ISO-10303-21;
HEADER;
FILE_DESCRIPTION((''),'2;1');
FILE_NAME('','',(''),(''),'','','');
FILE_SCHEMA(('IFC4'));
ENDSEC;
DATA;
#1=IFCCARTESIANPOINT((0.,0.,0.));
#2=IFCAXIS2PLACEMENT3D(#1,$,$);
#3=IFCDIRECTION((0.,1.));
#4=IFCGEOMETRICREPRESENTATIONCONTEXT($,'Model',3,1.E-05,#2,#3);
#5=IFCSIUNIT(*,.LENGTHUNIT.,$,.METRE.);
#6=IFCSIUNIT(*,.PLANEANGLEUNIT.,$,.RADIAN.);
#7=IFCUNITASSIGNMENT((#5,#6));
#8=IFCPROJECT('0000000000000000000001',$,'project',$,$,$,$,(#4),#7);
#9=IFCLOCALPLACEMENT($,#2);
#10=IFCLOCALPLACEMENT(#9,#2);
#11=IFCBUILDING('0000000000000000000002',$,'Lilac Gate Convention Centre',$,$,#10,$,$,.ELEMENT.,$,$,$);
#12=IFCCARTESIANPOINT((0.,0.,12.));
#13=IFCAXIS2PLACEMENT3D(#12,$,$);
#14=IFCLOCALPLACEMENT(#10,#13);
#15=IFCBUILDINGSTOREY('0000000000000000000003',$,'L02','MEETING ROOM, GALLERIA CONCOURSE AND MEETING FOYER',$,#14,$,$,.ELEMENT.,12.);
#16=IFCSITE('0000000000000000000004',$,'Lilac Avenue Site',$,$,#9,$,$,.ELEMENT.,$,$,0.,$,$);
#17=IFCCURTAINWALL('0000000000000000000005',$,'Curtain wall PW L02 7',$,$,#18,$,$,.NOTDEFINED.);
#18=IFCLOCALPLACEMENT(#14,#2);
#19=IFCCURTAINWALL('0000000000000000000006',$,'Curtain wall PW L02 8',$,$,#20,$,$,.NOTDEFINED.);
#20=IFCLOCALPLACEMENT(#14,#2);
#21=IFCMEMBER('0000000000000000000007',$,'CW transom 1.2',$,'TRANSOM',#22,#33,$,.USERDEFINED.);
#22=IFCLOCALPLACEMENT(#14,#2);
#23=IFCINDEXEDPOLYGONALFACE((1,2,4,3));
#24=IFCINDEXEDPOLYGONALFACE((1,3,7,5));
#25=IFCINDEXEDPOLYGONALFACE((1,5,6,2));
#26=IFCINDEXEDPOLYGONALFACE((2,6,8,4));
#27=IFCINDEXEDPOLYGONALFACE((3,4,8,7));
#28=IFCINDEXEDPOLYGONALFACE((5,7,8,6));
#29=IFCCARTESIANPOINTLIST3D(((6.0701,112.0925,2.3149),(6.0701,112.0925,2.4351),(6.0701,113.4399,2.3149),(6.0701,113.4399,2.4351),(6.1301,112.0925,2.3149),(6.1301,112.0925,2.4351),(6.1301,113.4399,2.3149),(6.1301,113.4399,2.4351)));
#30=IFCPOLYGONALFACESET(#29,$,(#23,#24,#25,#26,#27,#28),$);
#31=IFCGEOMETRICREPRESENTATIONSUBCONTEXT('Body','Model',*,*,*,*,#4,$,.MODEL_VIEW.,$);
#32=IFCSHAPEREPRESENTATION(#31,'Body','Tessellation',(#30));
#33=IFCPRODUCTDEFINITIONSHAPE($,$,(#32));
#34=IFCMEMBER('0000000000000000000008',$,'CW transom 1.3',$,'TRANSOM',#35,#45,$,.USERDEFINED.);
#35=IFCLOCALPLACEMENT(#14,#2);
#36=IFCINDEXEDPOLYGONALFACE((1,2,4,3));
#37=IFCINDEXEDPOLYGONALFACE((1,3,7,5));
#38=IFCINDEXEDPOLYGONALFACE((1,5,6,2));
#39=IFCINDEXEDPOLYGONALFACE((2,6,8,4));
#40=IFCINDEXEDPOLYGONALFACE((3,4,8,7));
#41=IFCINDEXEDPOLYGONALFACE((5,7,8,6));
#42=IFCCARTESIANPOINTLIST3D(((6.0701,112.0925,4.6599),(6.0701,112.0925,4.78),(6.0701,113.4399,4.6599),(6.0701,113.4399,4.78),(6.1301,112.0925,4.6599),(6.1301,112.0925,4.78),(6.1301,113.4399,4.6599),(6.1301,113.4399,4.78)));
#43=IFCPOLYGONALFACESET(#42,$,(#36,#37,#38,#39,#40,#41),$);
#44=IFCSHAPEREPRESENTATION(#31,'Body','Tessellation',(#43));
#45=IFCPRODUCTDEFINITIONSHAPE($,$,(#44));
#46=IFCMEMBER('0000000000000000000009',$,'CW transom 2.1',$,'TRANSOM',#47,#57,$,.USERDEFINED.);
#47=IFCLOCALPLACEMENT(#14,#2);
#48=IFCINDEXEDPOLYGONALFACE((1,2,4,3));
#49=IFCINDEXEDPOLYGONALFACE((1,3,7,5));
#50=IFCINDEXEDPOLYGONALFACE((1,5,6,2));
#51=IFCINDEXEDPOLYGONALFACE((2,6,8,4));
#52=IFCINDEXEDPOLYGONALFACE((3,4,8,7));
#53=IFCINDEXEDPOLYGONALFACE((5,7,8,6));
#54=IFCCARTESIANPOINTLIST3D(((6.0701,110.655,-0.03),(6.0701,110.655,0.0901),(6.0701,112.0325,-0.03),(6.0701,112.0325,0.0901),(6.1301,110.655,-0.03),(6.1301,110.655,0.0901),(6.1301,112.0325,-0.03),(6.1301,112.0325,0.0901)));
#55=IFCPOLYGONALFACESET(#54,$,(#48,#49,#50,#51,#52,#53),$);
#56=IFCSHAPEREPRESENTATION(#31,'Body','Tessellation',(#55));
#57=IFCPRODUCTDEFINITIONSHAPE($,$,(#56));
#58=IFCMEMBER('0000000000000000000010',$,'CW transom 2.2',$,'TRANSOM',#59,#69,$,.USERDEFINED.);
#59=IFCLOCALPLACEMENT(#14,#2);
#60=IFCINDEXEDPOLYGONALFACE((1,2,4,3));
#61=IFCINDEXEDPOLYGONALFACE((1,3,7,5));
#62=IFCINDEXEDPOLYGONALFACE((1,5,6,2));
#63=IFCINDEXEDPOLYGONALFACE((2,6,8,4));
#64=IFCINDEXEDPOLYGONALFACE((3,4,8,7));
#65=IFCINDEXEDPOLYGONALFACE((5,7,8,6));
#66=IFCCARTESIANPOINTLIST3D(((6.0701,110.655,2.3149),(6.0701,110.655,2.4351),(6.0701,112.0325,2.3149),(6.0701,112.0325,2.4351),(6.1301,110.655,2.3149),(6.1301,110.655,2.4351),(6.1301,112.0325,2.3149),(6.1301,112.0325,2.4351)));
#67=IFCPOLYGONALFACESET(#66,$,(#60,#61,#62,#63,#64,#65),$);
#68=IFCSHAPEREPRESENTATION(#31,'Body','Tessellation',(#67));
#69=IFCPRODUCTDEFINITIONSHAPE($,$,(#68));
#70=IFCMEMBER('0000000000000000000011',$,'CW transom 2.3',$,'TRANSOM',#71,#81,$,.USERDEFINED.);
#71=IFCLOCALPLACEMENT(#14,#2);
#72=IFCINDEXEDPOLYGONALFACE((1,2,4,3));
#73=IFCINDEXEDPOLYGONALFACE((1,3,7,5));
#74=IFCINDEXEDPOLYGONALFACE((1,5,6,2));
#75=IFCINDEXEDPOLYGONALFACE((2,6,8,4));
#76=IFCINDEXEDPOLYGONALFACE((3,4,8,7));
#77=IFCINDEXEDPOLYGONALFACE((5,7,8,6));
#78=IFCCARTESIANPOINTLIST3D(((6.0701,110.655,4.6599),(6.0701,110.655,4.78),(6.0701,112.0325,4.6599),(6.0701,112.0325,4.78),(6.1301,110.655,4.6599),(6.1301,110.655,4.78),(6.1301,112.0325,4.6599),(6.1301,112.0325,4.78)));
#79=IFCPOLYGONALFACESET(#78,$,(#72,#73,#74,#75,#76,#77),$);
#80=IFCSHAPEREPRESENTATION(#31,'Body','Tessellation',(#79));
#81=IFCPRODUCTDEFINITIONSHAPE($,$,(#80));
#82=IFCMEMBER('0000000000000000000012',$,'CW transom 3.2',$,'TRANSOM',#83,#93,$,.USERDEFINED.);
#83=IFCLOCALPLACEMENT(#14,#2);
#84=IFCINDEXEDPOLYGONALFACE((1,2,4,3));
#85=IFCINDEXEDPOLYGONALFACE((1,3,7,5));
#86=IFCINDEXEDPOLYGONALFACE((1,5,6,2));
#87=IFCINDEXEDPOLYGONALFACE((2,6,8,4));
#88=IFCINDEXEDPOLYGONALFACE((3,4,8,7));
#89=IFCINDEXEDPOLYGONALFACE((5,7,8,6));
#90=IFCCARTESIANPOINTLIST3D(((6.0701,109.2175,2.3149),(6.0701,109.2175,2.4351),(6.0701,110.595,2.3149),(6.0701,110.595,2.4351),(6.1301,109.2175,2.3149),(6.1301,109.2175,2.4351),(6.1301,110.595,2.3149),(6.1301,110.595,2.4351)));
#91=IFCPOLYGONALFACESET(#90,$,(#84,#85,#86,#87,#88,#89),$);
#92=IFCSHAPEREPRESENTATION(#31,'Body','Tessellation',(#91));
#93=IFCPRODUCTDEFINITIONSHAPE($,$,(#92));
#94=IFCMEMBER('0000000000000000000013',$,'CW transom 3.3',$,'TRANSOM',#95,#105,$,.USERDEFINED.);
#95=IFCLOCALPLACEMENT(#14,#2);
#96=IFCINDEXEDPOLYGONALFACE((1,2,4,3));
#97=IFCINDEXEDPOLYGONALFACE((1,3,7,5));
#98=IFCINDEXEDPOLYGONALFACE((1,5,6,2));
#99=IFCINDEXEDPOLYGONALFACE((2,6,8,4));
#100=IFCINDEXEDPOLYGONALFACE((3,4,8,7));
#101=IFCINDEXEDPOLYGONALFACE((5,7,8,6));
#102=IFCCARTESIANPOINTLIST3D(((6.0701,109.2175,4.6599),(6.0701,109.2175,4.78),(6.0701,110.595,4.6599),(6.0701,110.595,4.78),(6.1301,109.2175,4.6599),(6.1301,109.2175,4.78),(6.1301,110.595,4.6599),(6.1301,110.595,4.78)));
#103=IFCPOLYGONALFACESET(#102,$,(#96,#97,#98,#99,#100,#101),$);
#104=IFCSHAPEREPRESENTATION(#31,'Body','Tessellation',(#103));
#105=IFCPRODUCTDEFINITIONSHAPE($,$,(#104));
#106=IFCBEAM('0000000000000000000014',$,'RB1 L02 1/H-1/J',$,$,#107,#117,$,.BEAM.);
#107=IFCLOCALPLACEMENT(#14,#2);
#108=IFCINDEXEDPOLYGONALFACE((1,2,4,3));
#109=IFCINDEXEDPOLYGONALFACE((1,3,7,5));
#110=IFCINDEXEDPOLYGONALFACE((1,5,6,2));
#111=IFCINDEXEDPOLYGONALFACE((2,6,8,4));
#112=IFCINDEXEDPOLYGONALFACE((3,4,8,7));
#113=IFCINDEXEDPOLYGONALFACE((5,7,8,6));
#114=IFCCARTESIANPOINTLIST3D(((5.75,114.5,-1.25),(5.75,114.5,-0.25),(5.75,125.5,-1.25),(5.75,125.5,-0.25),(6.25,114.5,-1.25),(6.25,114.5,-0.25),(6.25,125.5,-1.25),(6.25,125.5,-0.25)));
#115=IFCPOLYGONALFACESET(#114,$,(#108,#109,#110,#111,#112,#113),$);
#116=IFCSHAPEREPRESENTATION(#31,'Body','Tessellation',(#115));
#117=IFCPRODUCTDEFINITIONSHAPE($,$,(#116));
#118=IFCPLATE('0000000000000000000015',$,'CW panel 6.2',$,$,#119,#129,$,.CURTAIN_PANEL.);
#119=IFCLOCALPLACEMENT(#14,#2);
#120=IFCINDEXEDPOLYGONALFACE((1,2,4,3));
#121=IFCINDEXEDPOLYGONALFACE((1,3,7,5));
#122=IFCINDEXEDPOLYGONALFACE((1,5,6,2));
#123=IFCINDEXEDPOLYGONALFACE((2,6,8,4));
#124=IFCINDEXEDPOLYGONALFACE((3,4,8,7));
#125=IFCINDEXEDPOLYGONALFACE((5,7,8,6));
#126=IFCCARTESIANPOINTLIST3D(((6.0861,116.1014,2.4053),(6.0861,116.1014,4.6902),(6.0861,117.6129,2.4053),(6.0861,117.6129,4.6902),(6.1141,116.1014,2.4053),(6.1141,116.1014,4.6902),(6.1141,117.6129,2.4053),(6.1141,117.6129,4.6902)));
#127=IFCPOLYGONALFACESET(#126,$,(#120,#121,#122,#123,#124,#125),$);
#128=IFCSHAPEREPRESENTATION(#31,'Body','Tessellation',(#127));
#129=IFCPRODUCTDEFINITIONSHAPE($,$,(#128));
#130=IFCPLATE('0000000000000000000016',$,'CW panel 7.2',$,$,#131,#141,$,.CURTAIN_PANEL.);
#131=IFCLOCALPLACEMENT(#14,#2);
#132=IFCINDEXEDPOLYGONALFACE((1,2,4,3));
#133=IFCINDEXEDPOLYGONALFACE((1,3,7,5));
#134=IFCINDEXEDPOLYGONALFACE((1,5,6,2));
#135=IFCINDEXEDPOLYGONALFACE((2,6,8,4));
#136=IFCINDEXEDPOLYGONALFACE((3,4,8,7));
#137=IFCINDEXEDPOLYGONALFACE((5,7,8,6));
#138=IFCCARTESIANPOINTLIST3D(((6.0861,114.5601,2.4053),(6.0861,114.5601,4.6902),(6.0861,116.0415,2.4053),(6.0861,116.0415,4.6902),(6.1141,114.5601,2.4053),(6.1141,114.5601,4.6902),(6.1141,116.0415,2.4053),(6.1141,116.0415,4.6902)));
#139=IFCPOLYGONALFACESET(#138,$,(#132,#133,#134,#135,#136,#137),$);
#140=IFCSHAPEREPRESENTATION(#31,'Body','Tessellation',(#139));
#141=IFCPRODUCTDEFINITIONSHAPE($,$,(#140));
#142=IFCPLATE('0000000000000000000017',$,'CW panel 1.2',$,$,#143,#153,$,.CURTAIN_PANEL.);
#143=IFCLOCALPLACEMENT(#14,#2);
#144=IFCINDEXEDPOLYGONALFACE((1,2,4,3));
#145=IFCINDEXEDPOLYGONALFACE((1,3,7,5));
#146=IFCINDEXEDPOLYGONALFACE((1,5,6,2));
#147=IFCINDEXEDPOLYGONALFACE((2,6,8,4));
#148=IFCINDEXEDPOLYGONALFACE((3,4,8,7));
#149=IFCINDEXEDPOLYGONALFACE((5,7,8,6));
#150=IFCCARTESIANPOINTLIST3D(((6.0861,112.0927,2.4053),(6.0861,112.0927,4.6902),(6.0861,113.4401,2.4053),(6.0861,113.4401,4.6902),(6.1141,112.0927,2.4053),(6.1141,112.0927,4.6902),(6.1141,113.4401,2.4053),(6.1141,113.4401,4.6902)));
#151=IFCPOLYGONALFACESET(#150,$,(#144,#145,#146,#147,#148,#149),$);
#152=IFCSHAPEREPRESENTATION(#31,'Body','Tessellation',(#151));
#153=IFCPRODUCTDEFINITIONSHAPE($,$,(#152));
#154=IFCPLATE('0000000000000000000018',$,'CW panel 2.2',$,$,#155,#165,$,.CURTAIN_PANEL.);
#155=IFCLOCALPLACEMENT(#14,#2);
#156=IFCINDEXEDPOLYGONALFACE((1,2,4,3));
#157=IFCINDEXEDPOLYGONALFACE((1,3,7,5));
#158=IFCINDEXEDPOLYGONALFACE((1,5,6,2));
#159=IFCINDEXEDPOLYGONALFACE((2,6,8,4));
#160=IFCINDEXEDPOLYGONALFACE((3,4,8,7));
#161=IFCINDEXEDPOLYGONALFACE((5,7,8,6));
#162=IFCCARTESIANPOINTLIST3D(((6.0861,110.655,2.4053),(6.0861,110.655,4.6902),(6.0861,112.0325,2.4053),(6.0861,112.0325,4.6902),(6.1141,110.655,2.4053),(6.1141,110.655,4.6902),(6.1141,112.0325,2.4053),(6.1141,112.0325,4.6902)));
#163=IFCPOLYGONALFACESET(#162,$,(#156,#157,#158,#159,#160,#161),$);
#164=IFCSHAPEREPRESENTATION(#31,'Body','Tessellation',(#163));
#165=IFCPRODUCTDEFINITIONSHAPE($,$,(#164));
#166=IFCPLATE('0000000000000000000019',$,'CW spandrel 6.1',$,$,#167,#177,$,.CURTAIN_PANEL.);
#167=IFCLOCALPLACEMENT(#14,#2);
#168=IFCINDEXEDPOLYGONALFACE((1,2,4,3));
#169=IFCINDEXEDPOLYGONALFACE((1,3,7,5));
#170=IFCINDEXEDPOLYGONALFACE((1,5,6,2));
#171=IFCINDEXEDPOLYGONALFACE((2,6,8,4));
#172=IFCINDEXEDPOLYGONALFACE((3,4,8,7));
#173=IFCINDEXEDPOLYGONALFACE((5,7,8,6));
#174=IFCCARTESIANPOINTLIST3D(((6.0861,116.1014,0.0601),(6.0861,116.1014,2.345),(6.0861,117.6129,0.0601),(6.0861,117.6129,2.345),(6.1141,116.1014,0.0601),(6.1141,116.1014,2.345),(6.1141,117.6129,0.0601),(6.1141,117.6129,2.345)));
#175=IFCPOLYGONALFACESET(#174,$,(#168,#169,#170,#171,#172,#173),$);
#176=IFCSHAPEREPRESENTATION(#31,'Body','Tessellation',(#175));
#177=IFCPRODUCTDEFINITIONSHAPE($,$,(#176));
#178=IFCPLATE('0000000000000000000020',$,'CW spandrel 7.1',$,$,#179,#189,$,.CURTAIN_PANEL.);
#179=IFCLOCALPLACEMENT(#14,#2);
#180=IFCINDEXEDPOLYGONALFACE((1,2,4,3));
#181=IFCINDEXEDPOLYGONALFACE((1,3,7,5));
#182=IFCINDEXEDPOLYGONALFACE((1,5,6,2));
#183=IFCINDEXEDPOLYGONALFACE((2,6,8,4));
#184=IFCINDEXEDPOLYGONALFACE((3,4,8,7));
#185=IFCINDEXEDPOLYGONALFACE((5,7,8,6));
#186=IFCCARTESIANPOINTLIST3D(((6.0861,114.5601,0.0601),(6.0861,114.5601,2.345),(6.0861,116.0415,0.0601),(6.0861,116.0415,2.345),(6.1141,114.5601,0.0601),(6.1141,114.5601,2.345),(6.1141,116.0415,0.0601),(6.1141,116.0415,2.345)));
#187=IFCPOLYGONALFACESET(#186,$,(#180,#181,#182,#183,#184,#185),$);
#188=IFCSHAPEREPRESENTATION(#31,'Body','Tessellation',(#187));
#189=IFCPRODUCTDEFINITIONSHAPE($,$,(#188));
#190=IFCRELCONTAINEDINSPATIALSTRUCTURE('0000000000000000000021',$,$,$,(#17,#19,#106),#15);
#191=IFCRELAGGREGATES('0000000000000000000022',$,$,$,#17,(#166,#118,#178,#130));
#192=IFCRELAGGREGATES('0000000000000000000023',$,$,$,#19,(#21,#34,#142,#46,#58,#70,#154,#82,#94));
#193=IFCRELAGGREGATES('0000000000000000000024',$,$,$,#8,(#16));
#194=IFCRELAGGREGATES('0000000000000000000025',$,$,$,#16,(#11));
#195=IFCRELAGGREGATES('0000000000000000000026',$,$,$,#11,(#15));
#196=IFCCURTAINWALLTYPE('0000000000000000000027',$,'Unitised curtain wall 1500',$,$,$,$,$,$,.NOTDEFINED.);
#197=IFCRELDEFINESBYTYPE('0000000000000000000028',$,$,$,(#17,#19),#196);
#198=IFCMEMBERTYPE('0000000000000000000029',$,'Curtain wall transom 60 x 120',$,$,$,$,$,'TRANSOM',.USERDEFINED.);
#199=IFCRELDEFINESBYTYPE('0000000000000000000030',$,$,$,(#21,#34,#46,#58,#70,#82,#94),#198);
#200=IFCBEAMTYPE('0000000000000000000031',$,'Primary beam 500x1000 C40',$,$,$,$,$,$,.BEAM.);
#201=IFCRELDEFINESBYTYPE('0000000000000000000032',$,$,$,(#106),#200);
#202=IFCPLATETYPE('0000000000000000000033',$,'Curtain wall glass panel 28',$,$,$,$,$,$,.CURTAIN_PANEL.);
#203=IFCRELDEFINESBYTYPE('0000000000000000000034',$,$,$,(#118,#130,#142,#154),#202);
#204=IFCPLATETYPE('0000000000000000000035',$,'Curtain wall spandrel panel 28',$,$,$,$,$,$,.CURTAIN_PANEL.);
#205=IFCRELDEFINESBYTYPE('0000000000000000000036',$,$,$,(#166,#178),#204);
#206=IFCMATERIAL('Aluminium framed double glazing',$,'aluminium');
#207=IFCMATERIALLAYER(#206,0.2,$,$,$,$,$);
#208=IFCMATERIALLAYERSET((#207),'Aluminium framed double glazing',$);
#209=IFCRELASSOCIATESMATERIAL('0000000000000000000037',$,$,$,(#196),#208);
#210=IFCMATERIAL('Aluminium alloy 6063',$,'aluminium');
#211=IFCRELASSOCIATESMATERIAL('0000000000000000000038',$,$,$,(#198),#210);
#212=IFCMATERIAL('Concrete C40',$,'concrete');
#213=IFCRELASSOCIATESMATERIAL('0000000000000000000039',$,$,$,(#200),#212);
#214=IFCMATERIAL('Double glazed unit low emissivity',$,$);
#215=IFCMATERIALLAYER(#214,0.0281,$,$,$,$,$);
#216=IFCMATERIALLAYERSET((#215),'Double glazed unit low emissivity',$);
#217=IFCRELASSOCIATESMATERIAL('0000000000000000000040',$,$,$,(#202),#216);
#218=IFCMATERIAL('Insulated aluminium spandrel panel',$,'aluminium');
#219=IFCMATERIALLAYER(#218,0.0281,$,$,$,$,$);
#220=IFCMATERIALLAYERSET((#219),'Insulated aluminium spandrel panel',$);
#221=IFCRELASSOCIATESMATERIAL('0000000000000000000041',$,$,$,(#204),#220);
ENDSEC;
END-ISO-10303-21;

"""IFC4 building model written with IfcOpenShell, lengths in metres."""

from ifc_helpers import new_model, si_unit, direction, frame, origin, origin_2d, place, context, subcontext, project, spatial, rectangle, extrude, material, layer, layer_set, material_profile, profile_set, type_object, element, aggregate, save


model = new_model("IFC4")

# Units and contexts
model_context = context("Model", 3, precision=1e-05, world=origin(), true_north=direction((0.0, 1.0)))
body_context = subcontext(model_context, "Body", "Model", "MODEL_VIEW")
ifc_project = project(units=[si_unit("LENGTHUNIT", "METRE"), si_unit("PLANEANGLEUNIT", "RADIAN")], contexts=[model_context])

# Site, building, storey
site_placement = place(None, origin())
site = spatial("IfcSite", under=ifc_project, at=site_placement, Name="Lilac Avenue Site", CompositionType="ELEMENT", RefElevation=0.0)
building_placement = place(site_placement, origin())
building = spatial("IfcBuilding", under=site, at=building_placement, Name="Lilac Gate Convention Centre", CompositionType="ELEMENT")
storey_placement = place(building_placement, frame((0.0, 0.0, 12.0)))
storey = spatial("IfcBuildingStorey", under=building, at=storey_placement, Name="L02", Description="MEETING ROOM, GALLERIA CONCOURSE AND MEETING FOYER", CompositionType="ELEMENT", Elevation=12.0)

# Shared definitions
ifc_material_1 = material(Name="Concrete C40", Category="concrete")

# Curtain walls
ifc_material_2 = material(Name="Aluminium framed double glazing", Category="aluminium")
ifc_layer_1 = layer(ifc_material_2, 0.2)
ifc_layer_set_1 = layer_set([ifc_layer_1], Name="Aluminium framed double glazing")
curtain_wall_type = type_object("IfcCurtainWallType", Name="Unitised curtain wall 1500", PredefinedType="NOTDEFINED", material=ifc_layer_set_1)
curtain_wall_1_placement = place(storey_placement, origin())
curtain_wall_1 = element("IfcCurtainWall", 1, at=curtain_wall_1_placement, inside=storey, type_object=curtain_wall_type, Name="Curtain wall PW L02 7", PredefinedType="NOTDEFINED")
ifc_material_3 = material(Name="Aluminium alloy 6063", Category="aluminium")
curtain_wall_2_placement = place(storey_placement, origin())
curtain_wall_2 = element("IfcCurtainWall", 2, at=curtain_wall_2_placement, inside=storey, type_object=curtain_wall_type, Name="Curtain wall PW L02 8", PredefinedType="NOTDEFINED")

# Members
ifc_material_profile_1 = material_profile(ifc_material_3, rectangle(XDim=0.0601, YDim=0.1201, at=origin_2d()), Name="Curtain wall transom 60 x 120")
ifc_profile_set_1 = profile_set([ifc_material_profile_1], Name="Aluminium alloy 6063")
member_type_1 = type_object("IfcMemberType", Name="Curtain wall transom 60 x 120", ElementType="TRANSOM", PredefinedType="USERDEFINED", material=ifc_profile_set_1)
member_1_placement = place(storey_placement, frame((6.1001, 113.4399, 2.375), z_axis=(0.0, -1.0, 0.0), x_axis=(1.0, 0.0, 0.0)))
member_1 = element("IfcMember", 3, at=member_1_placement, type_object=member_type_1, Name="CW transom 1.2", ObjectType="TRANSOM", PredefinedType="USERDEFINED", context=body_context, shape_type="SweptSolid", body=[
    extrude(rectangle(XDim=0.0601, YDim=0.1201, at=origin_2d()), origin(), (0.0, 0.0, 1.0), 1.3474),
])
member_2_placement = place(storey_placement, frame((6.1001, 113.4399, 4.72), z_axis=(0.0, -1.0, 0.0), x_axis=(1.0, 0.0, 0.0)))
member_2 = element("IfcMember", 4, at=member_2_placement, type_object=member_type_1, Name="CW transom 1.3", ObjectType="TRANSOM", PredefinedType="USERDEFINED", context=body_context, shape_type="SweptSolid", body=[
    extrude(rectangle(XDim=0.0601, YDim=0.1201, at=origin_2d()), origin(), (0.0, 0.0, 1.0), 1.3474),
])
member_3_placement = place(storey_placement, frame((6.1001, 112.0325, 0.03), z_axis=(0.0, -1.0, 0.0), x_axis=(1.0, 0.0, 0.0)))
member_3 = element("IfcMember", 5, at=member_3_placement, type_object=member_type_1, Name="CW transom 2.1", ObjectType="TRANSOM", PredefinedType="USERDEFINED", context=body_context, shape_type="SweptSolid", body=[
    extrude(rectangle(XDim=0.0601, YDim=0.1201, at=origin_2d()), origin(), (0.0, 0.0, 1.0), 1.3774),
])
member_4_placement = place(storey_placement, frame((6.1001, 112.0325, 2.375), z_axis=(0.0, -1.0, 0.0), x_axis=(1.0, 0.0, 0.0)))
member_4 = element("IfcMember", 6, at=member_4_placement, type_object=member_type_1, Name="CW transom 2.2", ObjectType="TRANSOM", PredefinedType="USERDEFINED", context=body_context, shape_type="SweptSolid", body=[
    extrude(rectangle(XDim=0.0601, YDim=0.1201, at=origin_2d()), origin(), (0.0, 0.0, 1.0), 1.3774),
])
member_5_placement = place(storey_placement, frame((6.1001, 112.0325, 4.72), z_axis=(0.0, -1.0, 0.0), x_axis=(1.0, 0.0, 0.0)))
member_5 = element("IfcMember", 7, at=member_5_placement, type_object=member_type_1, Name="CW transom 2.3", ObjectType="TRANSOM", PredefinedType="USERDEFINED", context=body_context, shape_type="SweptSolid", body=[
    extrude(rectangle(XDim=0.0601, YDim=0.1201, at=origin_2d()), origin(), (0.0, 0.0, 1.0), 1.3774),
])
member_6_placement = place(storey_placement, frame((6.1001, 110.595, 2.375), z_axis=(0.0, -1.0, 0.0), x_axis=(1.0, 0.0, 0.0)))
member_6 = element("IfcMember", 8, at=member_6_placement, type_object=member_type_1, Name="CW transom 3.2", ObjectType="TRANSOM", PredefinedType="USERDEFINED", context=body_context, shape_type="SweptSolid", body=[
    extrude(rectangle(XDim=0.0601, YDim=0.1201, at=origin_2d()), origin(), (0.0, 0.0, 1.0), 1.3774),
])
member_7_placement = place(storey_placement, frame((6.1001, 110.595, 4.72), z_axis=(0.0, -1.0, 0.0), x_axis=(1.0, 0.0, 0.0)))
member_7 = element("IfcMember", 9, at=member_7_placement, type_object=member_type_1, Name="CW transom 3.3", ObjectType="TRANSOM", PredefinedType="USERDEFINED", context=body_context, shape_type="SweptSolid", body=[
    extrude(rectangle(XDim=0.0601, YDim=0.1201, at=origin_2d()), origin(), (0.0, 0.0, 1.0), 1.3774),
])

# Beam
ifc_material_profile_2 = material_profile(ifc_material_1, rectangle(XDim=0.5, YDim=1.0, at=origin_2d()), Name="RC 500x1000")
ifc_profile_set_2 = profile_set([ifc_material_profile_2], Name="Concrete C40")
beam_type = type_object("IfcBeamType", Name="Primary beam 500x1000 C40", PredefinedType="BEAM", material=ifc_profile_set_2)
beam_placement = place(storey_placement, frame((6.0, 114.5, -0.75), z_axis=(0.0, 1.0, 0.0), x_axis=(-1.0, 0.0, 0.0)))
element("IfcBeam", 10, at=beam_placement, inside=storey, type_object=beam_type, Name="RB1 L02 1/H-1/J", PredefinedType="BEAM", context=body_context, shape_type="SweptSolid", body=[
    extrude(rectangle(XDim=0.5, YDim=1.0, at=origin_2d()), origin(), (0.0, 0.0, 1.0), 11.0),
])

# Plates
ifc_material_4 = material(Name="Double glazed unit low emissivity")
ifc_layer_2 = layer(ifc_material_4, 0.0281)
ifc_layer_set_2 = layer_set([ifc_layer_2], Name="Double glazed unit low emissivity")
plate_type_1 = type_object("IfcPlateType", Name="Curtain wall glass panel 28", PredefinedType="CURTAIN_PANEL", material=ifc_layer_set_2)
plate_1_placement = place(storey_placement, frame((6.1001, 116.8572, 2.4053), z_axis=(0.0, 0.0, 1.0), x_axis=(0.0, -1.0, 0.0)))
plate_1 = element("IfcPlate", 11, at=plate_1_placement, type_object=plate_type_1, Name="CW panel 6.2", PredefinedType="CURTAIN_PANEL", context=body_context, shape_type="SweptSolid", body=[
    extrude(rectangle(XDim=1.5115, YDim=0.0281, at=origin_2d()), origin(), (0.0, 0.0, 1.0), 2.2849),
])
plate_2_placement = place(storey_placement, frame((6.1001, 115.3008, 2.4053), z_axis=(0.0, 0.0, 1.0), x_axis=(0.0, -1.0, 0.0)))
plate_2 = element("IfcPlate", 12, at=plate_2_placement, type_object=plate_type_1, Name="CW panel 7.2", PredefinedType="CURTAIN_PANEL", context=body_context, shape_type="SweptSolid", body=[
    extrude(rectangle(XDim=1.4814, YDim=0.0281, at=origin_2d()), origin(), (0.0, 0.0, 1.0), 2.2849),
])
plate_3_placement = place(storey_placement, frame((6.1001, 112.7664, 2.4053), z_axis=(0.0, 0.0, 1.0), x_axis=(0.0, -1.0, 0.0)))
plate_3 = element("IfcPlate", 13, at=plate_3_placement, type_object=plate_type_1, Name="CW panel 1.2", PredefinedType="CURTAIN_PANEL", context=body_context, shape_type="SweptSolid", body=[
    extrude(rectangle(XDim=1.3474, YDim=0.0281, at=origin_2d()), origin(), (0.0, 0.0, 1.0), 2.2849),
])
plate_4_placement = place(storey_placement, frame((6.1001, 111.3438, 2.4053), z_axis=(0.0, 0.0, 1.0), x_axis=(0.0, -1.0, 0.0)))
plate_4 = element("IfcPlate", 14, at=plate_4_placement, type_object=plate_type_1, Name="CW panel 2.2", PredefinedType="CURTAIN_PANEL", context=body_context, shape_type="SweptSolid", body=[
    extrude(rectangle(XDim=1.3774, YDim=0.0281, at=origin_2d()), origin(), (0.0, 0.0, 1.0), 2.2849),
])
ifc_material_5 = material(Name="Insulated aluminium spandrel panel", Category="aluminium")
ifc_layer_3 = layer(ifc_material_5, 0.0281)
ifc_layer_set_3 = layer_set([ifc_layer_3], Name="Insulated aluminium spandrel panel")
plate_type_2 = type_object("IfcPlateType", Name="Curtain wall spandrel panel 28", PredefinedType="CURTAIN_PANEL", material=ifc_layer_set_3)
plate_5_placement = place(storey_placement, frame((6.1001, 116.8572, 0.0601), z_axis=(0.0, 0.0, 1.0), x_axis=(0.0, -1.0, 0.0)))
plate_5 = element("IfcPlate", 15, at=plate_5_placement, type_object=plate_type_2, Name="CW spandrel 6.1", PredefinedType="CURTAIN_PANEL", context=body_context, shape_type="SweptSolid", body=[
    extrude(rectangle(XDim=1.5115, YDim=0.0281, at=origin_2d()), origin(), (0.0, 0.0, 1.0), 2.2849),
])
plate_6_placement = place(storey_placement, frame((6.1001, 115.3008, 0.0601), z_axis=(0.0, 0.0, 1.0), x_axis=(0.0, -1.0, 0.0)))
plate_6 = element("IfcPlate", 16, at=plate_6_placement, type_object=plate_type_2, Name="CW spandrel 7.1", PredefinedType="CURTAIN_PANEL", context=body_context, shape_type="SweptSolid", body=[
    extrude(rectangle(XDim=1.4814, YDim=0.0281, at=origin_2d()), origin(), (0.0, 0.0, 1.0), 2.2849),
])
aggregate(curtain_wall_1, [plate_5, plate_1, plate_6, plate_2])
aggregate(curtain_wall_2, [member_1, member_2, plate_3, member_3, member_4, member_5, plate_4, member_6, member_7])

save(model, "model.ifc")
